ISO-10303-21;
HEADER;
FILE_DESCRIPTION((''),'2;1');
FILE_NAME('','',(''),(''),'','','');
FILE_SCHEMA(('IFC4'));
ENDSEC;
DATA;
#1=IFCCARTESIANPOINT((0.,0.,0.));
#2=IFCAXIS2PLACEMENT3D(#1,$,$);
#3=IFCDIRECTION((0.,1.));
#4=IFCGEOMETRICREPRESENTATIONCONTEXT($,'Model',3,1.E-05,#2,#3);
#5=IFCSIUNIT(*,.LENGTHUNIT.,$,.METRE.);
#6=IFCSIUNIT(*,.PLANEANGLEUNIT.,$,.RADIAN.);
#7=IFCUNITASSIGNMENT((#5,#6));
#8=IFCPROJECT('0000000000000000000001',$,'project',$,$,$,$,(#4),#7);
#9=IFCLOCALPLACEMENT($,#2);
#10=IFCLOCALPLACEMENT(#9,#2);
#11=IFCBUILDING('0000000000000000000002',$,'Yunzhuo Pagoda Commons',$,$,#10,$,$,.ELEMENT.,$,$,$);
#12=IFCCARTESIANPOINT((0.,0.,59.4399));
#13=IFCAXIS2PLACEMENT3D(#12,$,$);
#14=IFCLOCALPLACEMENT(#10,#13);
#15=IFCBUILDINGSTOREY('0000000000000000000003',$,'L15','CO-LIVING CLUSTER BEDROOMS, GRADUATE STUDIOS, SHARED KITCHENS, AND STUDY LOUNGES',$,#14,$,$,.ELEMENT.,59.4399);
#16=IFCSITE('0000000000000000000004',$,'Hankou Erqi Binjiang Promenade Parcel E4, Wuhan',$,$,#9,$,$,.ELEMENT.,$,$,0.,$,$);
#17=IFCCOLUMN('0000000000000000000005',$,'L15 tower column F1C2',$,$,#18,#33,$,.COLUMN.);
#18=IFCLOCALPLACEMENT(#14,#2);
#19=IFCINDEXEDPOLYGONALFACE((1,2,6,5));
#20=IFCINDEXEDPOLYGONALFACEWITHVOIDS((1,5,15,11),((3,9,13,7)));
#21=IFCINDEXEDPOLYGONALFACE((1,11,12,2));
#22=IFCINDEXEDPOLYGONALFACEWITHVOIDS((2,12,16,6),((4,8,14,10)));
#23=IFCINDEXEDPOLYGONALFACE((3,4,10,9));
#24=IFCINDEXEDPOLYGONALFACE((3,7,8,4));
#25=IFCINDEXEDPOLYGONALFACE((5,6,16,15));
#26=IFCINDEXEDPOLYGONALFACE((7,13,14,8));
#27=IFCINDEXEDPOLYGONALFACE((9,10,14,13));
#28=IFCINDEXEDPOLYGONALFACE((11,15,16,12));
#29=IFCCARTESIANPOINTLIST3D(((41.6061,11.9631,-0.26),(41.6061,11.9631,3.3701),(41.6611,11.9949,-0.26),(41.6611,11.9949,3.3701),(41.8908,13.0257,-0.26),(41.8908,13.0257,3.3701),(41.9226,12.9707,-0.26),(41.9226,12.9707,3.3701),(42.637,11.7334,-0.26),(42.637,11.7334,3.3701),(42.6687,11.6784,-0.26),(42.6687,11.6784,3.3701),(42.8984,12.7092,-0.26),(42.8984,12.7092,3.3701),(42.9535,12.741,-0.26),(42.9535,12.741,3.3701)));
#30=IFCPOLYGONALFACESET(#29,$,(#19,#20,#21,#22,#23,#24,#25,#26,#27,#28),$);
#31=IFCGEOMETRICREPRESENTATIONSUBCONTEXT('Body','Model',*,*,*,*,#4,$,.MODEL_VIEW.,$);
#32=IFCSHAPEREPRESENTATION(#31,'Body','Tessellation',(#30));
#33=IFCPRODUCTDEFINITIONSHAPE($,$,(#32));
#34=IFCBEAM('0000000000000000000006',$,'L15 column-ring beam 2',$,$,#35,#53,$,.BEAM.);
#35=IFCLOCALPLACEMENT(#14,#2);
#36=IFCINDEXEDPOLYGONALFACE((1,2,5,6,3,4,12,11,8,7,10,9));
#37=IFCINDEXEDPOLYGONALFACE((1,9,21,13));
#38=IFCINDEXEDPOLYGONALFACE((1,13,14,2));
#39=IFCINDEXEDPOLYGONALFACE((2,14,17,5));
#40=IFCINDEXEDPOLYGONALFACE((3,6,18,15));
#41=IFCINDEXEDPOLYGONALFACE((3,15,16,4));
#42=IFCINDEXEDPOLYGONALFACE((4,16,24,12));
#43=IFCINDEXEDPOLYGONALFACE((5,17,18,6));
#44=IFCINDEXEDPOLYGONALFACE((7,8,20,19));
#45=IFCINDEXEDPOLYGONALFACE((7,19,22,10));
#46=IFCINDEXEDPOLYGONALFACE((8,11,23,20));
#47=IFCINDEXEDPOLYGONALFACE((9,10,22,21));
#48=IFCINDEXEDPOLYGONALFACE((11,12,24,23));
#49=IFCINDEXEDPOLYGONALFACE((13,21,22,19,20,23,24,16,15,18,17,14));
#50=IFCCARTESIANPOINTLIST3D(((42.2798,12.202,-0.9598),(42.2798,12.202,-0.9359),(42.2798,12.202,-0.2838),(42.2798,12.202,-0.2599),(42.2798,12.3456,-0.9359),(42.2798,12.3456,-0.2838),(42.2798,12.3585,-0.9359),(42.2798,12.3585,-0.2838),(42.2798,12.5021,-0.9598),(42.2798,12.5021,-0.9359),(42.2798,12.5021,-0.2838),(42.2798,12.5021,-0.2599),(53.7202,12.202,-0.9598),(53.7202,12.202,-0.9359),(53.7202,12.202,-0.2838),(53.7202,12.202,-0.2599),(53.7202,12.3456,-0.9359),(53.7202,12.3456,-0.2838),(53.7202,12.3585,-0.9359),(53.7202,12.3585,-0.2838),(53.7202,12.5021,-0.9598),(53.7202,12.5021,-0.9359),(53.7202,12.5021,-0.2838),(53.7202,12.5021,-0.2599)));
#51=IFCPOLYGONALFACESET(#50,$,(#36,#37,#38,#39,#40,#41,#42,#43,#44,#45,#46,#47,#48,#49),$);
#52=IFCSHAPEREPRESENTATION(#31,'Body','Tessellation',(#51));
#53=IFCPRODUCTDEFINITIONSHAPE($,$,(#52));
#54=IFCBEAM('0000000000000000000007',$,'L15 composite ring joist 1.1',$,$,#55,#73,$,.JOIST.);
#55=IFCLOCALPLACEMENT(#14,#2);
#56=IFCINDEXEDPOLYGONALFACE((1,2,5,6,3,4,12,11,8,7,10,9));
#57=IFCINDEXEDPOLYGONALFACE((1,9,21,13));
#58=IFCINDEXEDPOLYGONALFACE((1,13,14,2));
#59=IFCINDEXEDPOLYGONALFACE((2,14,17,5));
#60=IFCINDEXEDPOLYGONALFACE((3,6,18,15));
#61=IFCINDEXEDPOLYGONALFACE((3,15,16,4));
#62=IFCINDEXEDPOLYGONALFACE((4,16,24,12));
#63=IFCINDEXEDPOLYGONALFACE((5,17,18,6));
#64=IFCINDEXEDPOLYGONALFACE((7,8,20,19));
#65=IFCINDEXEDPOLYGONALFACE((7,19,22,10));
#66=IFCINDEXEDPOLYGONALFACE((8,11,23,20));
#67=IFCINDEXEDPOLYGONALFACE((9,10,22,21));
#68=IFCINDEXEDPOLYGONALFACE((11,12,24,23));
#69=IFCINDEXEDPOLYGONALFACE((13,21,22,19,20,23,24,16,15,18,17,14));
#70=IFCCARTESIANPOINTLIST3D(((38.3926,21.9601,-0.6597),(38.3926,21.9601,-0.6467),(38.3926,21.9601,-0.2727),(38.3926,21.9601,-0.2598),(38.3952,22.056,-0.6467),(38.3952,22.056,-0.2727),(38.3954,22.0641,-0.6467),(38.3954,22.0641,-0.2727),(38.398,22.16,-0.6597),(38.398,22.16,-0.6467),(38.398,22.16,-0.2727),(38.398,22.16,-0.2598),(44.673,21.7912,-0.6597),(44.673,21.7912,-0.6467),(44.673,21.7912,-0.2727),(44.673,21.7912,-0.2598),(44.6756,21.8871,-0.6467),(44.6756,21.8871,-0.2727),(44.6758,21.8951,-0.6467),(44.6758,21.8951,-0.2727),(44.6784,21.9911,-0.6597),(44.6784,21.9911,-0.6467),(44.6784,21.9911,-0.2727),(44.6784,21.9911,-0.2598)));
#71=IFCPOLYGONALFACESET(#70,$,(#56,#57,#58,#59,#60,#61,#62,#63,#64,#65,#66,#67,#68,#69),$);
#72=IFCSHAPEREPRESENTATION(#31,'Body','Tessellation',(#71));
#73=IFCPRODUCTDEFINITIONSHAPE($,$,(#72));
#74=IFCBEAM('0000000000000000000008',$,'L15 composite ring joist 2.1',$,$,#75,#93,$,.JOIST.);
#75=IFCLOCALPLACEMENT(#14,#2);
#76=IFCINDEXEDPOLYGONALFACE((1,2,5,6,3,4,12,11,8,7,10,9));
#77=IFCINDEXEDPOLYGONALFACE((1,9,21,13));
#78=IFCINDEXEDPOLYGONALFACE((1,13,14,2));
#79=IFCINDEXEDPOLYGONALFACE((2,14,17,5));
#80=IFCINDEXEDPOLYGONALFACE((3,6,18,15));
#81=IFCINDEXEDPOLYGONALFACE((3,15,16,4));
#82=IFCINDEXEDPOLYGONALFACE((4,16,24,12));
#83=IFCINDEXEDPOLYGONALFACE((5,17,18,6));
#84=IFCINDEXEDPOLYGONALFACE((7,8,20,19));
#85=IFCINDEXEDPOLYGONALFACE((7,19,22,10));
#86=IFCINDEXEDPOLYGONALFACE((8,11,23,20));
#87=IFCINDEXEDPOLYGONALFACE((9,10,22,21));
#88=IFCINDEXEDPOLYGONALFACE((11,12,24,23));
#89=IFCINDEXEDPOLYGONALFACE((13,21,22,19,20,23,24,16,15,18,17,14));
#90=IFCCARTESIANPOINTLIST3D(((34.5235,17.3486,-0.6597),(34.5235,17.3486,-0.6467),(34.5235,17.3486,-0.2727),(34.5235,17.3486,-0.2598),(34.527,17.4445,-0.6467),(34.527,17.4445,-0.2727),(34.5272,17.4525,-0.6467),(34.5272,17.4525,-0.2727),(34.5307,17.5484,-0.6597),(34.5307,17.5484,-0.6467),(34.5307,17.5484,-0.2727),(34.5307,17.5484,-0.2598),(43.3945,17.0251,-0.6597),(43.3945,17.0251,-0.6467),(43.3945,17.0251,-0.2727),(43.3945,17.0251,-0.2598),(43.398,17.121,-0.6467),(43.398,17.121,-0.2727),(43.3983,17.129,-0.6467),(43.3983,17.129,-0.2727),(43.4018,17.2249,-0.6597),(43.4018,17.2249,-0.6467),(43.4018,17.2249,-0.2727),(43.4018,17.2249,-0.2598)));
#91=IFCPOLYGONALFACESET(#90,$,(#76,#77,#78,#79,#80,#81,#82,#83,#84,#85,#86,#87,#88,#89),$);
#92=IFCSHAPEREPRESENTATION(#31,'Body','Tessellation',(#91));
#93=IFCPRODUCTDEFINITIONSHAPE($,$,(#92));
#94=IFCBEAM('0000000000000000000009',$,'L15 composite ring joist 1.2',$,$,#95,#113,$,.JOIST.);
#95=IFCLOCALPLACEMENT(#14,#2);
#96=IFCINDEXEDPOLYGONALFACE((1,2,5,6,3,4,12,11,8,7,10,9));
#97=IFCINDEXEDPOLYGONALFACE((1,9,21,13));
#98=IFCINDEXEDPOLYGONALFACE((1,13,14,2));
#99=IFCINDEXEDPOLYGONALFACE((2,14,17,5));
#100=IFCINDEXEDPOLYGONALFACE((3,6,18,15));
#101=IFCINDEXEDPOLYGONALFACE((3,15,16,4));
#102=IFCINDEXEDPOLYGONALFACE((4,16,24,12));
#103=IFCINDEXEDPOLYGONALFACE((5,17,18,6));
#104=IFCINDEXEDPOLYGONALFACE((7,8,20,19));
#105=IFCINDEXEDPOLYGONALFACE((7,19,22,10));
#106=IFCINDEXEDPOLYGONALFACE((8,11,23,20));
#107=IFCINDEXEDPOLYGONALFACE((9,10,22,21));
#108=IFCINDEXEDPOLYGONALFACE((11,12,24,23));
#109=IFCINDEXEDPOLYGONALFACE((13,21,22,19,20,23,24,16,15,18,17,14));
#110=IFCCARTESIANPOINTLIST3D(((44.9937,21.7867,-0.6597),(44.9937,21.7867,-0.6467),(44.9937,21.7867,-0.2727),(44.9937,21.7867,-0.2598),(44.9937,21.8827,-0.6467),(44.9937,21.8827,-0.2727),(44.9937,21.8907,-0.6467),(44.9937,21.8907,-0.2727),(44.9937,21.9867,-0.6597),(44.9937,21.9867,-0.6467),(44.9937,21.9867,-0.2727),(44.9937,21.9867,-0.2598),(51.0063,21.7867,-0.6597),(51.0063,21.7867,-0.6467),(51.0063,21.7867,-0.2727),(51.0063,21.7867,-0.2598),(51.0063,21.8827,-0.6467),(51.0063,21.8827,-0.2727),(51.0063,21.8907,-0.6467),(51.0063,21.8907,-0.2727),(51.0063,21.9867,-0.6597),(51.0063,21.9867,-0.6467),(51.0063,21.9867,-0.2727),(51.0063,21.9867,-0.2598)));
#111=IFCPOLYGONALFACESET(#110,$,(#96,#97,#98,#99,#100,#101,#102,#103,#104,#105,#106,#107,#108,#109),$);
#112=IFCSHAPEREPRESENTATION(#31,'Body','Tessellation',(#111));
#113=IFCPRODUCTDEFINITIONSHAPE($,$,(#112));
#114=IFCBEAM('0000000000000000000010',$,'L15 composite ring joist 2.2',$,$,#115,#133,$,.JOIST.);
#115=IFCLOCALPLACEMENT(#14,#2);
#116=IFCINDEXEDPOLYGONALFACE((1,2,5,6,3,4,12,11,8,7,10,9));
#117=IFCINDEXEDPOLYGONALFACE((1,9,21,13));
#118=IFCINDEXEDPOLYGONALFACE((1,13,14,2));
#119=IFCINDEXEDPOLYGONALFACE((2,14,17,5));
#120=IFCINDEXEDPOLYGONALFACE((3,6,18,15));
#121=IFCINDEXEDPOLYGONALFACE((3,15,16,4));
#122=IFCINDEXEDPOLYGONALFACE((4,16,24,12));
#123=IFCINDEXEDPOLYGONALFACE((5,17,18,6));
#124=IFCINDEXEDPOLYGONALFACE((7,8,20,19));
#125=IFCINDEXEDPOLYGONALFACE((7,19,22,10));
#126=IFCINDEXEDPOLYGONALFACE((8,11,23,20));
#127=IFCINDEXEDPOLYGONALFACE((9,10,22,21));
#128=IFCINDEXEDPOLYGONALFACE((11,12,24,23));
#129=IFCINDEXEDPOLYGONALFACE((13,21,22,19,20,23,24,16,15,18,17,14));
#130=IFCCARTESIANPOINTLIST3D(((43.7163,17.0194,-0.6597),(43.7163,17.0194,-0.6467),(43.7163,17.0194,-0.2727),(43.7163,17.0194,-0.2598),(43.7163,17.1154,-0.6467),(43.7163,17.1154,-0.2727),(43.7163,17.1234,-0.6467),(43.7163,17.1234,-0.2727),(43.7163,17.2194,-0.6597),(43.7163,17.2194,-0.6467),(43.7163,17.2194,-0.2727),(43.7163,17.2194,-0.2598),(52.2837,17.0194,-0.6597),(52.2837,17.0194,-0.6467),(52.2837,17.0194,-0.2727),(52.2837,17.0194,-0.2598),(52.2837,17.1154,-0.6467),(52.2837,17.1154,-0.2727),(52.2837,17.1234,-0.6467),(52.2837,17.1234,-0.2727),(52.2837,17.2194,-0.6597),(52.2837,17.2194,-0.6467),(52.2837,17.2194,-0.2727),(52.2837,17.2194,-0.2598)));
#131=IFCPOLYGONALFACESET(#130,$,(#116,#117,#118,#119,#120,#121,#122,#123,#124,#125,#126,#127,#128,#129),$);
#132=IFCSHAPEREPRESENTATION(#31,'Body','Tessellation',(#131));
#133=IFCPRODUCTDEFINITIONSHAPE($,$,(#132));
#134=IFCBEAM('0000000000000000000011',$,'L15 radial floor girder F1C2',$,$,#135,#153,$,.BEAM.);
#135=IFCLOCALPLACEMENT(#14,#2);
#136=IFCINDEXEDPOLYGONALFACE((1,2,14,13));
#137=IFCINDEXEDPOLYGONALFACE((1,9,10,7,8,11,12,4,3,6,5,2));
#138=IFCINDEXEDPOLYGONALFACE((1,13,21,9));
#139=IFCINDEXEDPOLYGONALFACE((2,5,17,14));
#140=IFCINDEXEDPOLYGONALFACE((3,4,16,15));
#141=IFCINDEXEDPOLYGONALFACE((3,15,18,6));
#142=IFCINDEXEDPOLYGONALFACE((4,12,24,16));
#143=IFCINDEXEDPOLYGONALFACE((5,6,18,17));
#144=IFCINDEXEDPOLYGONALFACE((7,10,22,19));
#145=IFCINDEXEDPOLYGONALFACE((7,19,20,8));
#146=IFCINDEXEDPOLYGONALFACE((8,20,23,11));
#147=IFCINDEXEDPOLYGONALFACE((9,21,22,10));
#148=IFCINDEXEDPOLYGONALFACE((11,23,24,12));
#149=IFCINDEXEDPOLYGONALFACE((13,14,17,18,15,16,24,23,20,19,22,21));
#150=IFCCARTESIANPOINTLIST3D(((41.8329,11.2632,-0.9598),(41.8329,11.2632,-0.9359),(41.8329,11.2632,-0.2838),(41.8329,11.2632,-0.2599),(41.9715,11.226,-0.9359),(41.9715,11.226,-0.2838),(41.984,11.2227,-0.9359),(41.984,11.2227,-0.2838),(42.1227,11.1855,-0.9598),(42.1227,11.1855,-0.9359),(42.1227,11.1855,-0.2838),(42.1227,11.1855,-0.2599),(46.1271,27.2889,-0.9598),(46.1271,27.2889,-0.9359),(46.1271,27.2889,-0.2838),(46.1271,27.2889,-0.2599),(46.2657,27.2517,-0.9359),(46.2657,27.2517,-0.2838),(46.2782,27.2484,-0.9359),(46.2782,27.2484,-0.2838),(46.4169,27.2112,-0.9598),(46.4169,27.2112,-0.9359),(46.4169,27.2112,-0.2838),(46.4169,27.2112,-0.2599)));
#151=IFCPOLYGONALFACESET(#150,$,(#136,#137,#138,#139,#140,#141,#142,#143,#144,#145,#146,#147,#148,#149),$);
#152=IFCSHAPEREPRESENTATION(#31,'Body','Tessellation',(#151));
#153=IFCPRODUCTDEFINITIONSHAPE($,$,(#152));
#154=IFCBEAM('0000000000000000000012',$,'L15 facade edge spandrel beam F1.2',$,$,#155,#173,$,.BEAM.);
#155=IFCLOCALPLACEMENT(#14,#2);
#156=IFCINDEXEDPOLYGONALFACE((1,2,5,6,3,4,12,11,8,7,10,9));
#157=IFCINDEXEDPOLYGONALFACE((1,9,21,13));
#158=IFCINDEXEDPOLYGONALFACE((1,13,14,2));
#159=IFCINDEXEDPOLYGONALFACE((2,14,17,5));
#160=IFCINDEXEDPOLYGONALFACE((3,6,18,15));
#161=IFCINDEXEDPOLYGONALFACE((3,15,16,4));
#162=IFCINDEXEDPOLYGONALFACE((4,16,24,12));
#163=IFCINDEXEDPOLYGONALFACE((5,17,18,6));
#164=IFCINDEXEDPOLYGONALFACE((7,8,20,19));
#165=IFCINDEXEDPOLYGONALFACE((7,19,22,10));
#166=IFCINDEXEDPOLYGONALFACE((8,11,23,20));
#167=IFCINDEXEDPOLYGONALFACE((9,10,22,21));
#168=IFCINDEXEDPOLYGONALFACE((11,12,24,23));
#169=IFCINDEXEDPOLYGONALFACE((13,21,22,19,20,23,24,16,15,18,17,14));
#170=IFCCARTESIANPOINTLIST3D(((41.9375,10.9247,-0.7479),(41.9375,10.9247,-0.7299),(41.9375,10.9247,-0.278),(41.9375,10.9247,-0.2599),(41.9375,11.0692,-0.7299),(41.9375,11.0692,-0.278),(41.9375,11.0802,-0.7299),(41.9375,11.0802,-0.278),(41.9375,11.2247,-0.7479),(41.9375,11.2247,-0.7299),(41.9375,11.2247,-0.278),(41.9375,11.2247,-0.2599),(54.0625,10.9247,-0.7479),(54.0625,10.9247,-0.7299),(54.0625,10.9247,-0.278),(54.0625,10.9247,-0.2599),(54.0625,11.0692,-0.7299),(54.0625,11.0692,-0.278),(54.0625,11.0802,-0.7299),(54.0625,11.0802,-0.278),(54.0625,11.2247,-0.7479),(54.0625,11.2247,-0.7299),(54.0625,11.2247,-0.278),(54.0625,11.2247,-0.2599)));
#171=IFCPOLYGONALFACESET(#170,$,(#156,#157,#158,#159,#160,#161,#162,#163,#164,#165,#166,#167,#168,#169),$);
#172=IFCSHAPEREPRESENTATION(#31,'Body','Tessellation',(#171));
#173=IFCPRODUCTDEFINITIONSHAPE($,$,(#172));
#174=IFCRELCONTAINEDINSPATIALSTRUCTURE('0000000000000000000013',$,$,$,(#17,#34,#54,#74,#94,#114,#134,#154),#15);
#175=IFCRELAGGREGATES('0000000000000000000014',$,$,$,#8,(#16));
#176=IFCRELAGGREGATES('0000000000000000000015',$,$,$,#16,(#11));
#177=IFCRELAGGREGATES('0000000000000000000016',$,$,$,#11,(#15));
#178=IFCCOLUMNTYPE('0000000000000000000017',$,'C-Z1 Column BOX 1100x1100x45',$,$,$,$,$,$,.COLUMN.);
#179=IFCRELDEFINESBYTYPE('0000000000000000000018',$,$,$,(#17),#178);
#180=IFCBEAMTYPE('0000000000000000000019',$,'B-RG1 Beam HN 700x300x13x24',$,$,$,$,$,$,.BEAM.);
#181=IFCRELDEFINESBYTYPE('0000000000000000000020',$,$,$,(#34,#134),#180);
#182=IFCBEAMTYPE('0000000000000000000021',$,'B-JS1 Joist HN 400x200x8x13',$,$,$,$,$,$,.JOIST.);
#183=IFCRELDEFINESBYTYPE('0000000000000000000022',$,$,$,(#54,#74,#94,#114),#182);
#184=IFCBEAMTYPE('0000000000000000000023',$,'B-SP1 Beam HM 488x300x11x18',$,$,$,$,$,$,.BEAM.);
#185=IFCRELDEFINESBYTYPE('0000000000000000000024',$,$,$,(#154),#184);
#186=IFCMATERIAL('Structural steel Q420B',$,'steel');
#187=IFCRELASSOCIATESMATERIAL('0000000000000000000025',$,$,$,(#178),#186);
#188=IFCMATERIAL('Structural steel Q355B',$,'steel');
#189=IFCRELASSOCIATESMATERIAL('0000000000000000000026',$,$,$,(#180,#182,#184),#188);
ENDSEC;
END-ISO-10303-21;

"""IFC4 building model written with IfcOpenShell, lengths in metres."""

from ifc_helpers import new_model, si_unit, direction, frame, origin, origin_2d, place, context, subcontext, project, spatial, hollow_rectangle, i_section, extrude, source, transform, mapped, material, material_profile, profile_set, type_object, element, save


model = new_model("IFC4")

# Units and contexts
model_context = context("Model", 3, precision=1e-05, world=origin(), true_north=direction((0.0, 1.0)))
body_context = subcontext(model_context, "Body", "Model", "MODEL_VIEW")
ifc_project = project(units=[si_unit("LENGTHUNIT", "METRE"), si_unit("PLANEANGLEUNIT", "RADIAN")], contexts=[model_context])

# Site, building, storey
site_placement = place(None, origin())
site = spatial("IfcSite", under=ifc_project, at=site_placement, Name="Hankou Erqi Binjiang Promenade Parcel E4, Wuhan", CompositionType="ELEMENT", RefElevation=0.0)
building_placement = place(site_placement, origin())
building = spatial("IfcBuilding", under=site, at=building_placement, Name="Yunzhuo Pagoda Commons", CompositionType="ELEMENT")
storey_placement = place(building_placement, frame((0.0, 0.0, 59.4399)))
storey = spatial("IfcBuildingStorey", under=building, at=storey_placement, Name="L15", Description="CO-LIVING CLUSTER BEDROOMS, GRADUATE STUDIOS, SHARED KITCHENS, AND STUDY LOUNGES", CompositionType="ELEMENT", Elevation=59.4399)

# Column
ifc_material_1 = material(Name="Structural steel Q420B", Category="steel")
ifc_material_profile_1 = material_profile(ifc_material_1, hollow_rectangle(XDim=1.1001, YDim=1.1001, WallThickness=0.0449, at=origin_2d()), Name="Structural steel Q420B")
ifc_profile_set_1 = profile_set([ifc_material_profile_1], Name="Structural steel Q420B")
column_type = type_object("IfcColumnType", Name="C-Z1 Column BOX 1100x1100x45", PredefinedType="COLUMN", material=ifc_profile_set_1)
shared_shape_1 = source(origin(), body_context, "Body", "SweptSolid", [
    extrude(hollow_rectangle(XDim=1.1001, YDim=1.1001, WallThickness=0.0449, at=origin_2d()), origin(), (0.0, 0.0, 1.0), 3.6301),
])
column_placement = place(storey_placement, frame((42.2798, 12.3521, -0.26), z_axis=(0.0, 0.0, 1.0), x_axis=(0.965926, -0.258819, 0.0)))
element("IfcColumn", 1, at=column_placement, inside=storey, type_object=column_type, Name="L15 tower column F1C2", PredefinedType="COLUMN", context=body_context, shape_type="MappedRepresentation", body=[
    mapped(shared_shape_1, transform((0.0, 0.0, 0.0), scale=1.0)),
])

# Beams
ifc_material_2 = material(Name="Structural steel Q355B", Category="steel")
ifc_material_profile_2 = material_profile(ifc_material_2, i_section(OverallWidth=0.3, OverallDepth=0.7, WebThickness=0.0129, FlangeThickness=0.0239, at=origin_2d()), Name="Structural steel Q355B")
ifc_profile_set_2 = profile_set([ifc_material_profile_2], Name="Structural steel Q355B")
beam_type_1 = type_object("IfcBeamType", Name="B-RG1 Beam HN 700x300x13x24", PredefinedType="BEAM", material=ifc_profile_set_2)
shared_shape_2 = source(origin(), body_context, "Body", "SweptSolid", [
    extrude(i_section(OverallWidth=0.3, OverallDepth=0.7, WebThickness=0.0129, FlangeThickness=0.0239, at=origin_2d()), origin(), (0.0, 0.0, 1.0), 11.4404),
])
beam_1_placement = place(storey_placement, frame((42.2798, 12.3521, -0.6099), z_axis=(1.0, 0.0, 0.0), x_axis=(0.0, 1.0, 0.0)))
element("IfcBeam", 2, at=beam_1_placement, inside=storey, type_object=beam_type_1, Name="L15 column-ring beam 2", PredefinedType="BEAM", context=body_context, shape_type="MappedRepresentation", body=[
    mapped(shared_shape_2, transform((0.0, 0.0, 0.0), scale=1.0)),
])
ifc_material_profile_3 = material_profile(ifc_material_2, i_section(OverallWidth=0.2, OverallDepth=0.3999, WebThickness=0.0081, FlangeThickness=0.0129, at=origin_2d()), Name="Structural steel Q355B")
ifc_profile_set_3 = profile_set([ifc_material_profile_3], Name="Structural steel Q355B")
beam_type_2 = type_object("IfcBeamType", Name="B-JS1 Joist HN 400x200x8x13", PredefinedType="JOIST", material=ifc_profile_set_3)
shared_shape_3 = source(origin(), body_context, "Body", "SweptSolid", [
    extrude(i_section(OverallWidth=0.2, OverallDepth=0.3999, WebThickness=0.0081, FlangeThickness=0.0129, at=origin_2d()), origin(), (0.0, 0.0, 1.0), 6.2827),
])
beam_2_placement = place(storey_placement, frame((38.3953, 22.0601, -0.4597), z_axis=(0.999638, -0.02689, 0.0), x_axis=(0.02689, 0.999638, 0.0)))
element("IfcBeam", 3, at=beam_2_placement, inside=storey, type_object=beam_type_2, Name="L15 composite ring joist 1.1", PredefinedType="JOIST", context=body_context, shape_type="MappedRepresentation", body=[
    mapped(shared_shape_3, transform((0.0, 0.0, 0.0), scale=1.0)),
])
shared_shape_4 = source(origin(), body_context, "Body", "SweptSolid", [
    extrude(i_section(OverallWidth=0.2, OverallDepth=0.3999, WebThickness=0.0081, FlangeThickness=0.0129, at=origin_2d()), origin(), (0.0, 0.0, 1.0), 8.877),
])
beam_3_placement = place(storey_placement, frame((34.5271, 17.4485, -0.4597), z_axis=(0.999336, -0.036441, 0.0), x_axis=(0.036441, 0.999336, 0.0)))
element("IfcBeam", 4, at=beam_3_placement, inside=storey, type_object=beam_type_2, Name="L15 composite ring joist 2.1", PredefinedType="JOIST", context=body_context, shape_type="MappedRepresentation", body=[
    mapped(shared_shape_4, transform((0.0, 0.0, 0.0), scale=1.0)),
])
shared_shape_5 = source(origin(), body_context, "Body", "SweptSolid", [
    extrude(i_section(OverallWidth=0.2, OverallDepth=0.3999, WebThickness=0.0081, FlangeThickness=0.0129, at=origin_2d()), origin(), (0.0, 0.0, 1.0), 6.0127),
])
beam_4_placement = place(storey_placement, frame((44.9937, 21.8867, -0.4597), z_axis=(1.0, 0.0, 0.0), x_axis=(0.0, 1.0, 0.0)))
element("IfcBeam", 5, at=beam_4_placement, inside=storey, type_object=beam_type_2, Name="L15 composite ring joist 1.2", PredefinedType="JOIST", context=body_context, shape_type="MappedRepresentation", body=[
    mapped(shared_shape_5, transform((0.0, 0.0, 0.0), scale=1.0)),
])
shared_shape_6 = source(origin(), body_context, "Body", "SweptSolid", [
    extrude(i_section(OverallWidth=0.2, OverallDepth=0.3999, WebThickness=0.0081, FlangeThickness=0.0129, at=origin_2d()), origin(), (0.0, 0.0, 1.0), 8.5674),
])
beam_5_placement = place(storey_placement, frame((43.7163, 17.1194, -0.4597), z_axis=(1.0, 0.0, 0.0), x_axis=(0.0, 1.0, 0.0)))
element("IfcBeam", 6, at=beam_5_placement, inside=storey, type_object=beam_type_2, Name="L15 composite ring joist 2.2", PredefinedType="JOIST", context=body_context, shape_type="MappedRepresentation", body=[
    mapped(shared_shape_6, transform((0.0, 0.0, 0.0), scale=1.0)),
])
shared_shape_7 = source(origin(), body_context, "Body", "SweptSolid", [
    extrude(i_section(OverallWidth=0.3, OverallDepth=0.7, WebThickness=0.0129, FlangeThickness=0.0239, at=origin_2d()), origin(), (0.0, 0.0, 1.0), 16.5911),
])
beam_6_placement = place(storey_placement, frame((41.9778, 11.2244, -0.6099), z_axis=(0.258827, 0.965924, 0.0), x_axis=(-0.965924, 0.258827, 0.0)))
element("IfcBeam", 7, at=beam_6_placement, inside=storey, type_object=beam_type_1, Name="L15 radial floor girder F1C2", PredefinedType="BEAM", context=body_context, shape_type="MappedRepresentation", body=[
    mapped(shared_shape_7, transform((0.0, 0.0, 0.0), scale=1.0)),
])
ifc_material_profile_4 = material_profile(ifc_material_2, i_section(OverallWidth=0.3, OverallDepth=0.488, WebThickness=0.011, FlangeThickness=0.0181, at=origin_2d()), Name="Structural steel Q355B")
ifc_profile_set_4 = profile_set([ifc_material_profile_4], Name="Structural steel Q355B")
beam_type_3 = type_object("IfcBeamType", Name="B-SP1 Beam HM 488x300x11x18", PredefinedType="BEAM", material=ifc_profile_set_4)
shared_shape_8 = source(origin(), body_context, "Body", "SweptSolid", [
    extrude(i_section(OverallWidth=0.3, OverallDepth=0.488, WebThickness=0.011, FlangeThickness=0.0181, at=origin_2d()), origin(), (0.0, 0.0, 1.0), 12.125),
])
beam_7_placement = place(storey_placement, frame((41.9375, 11.0747, -0.5039), z_axis=(1.0, 0.0, 0.0), x_axis=(0.0, 1.0, 0.0)))
element("IfcBeam", 8, at=beam_7_placement, inside=storey, type_object=beam_type_3, Name="L15 facade edge spandrel beam F1.2", PredefinedType="BEAM", context=body_context, shape_type="MappedRepresentation", body=[
    mapped(shared_shape_8, transform((0.0, 0.0, 0.0), scale=1.0)),
])

save(model, "model.ifc")
